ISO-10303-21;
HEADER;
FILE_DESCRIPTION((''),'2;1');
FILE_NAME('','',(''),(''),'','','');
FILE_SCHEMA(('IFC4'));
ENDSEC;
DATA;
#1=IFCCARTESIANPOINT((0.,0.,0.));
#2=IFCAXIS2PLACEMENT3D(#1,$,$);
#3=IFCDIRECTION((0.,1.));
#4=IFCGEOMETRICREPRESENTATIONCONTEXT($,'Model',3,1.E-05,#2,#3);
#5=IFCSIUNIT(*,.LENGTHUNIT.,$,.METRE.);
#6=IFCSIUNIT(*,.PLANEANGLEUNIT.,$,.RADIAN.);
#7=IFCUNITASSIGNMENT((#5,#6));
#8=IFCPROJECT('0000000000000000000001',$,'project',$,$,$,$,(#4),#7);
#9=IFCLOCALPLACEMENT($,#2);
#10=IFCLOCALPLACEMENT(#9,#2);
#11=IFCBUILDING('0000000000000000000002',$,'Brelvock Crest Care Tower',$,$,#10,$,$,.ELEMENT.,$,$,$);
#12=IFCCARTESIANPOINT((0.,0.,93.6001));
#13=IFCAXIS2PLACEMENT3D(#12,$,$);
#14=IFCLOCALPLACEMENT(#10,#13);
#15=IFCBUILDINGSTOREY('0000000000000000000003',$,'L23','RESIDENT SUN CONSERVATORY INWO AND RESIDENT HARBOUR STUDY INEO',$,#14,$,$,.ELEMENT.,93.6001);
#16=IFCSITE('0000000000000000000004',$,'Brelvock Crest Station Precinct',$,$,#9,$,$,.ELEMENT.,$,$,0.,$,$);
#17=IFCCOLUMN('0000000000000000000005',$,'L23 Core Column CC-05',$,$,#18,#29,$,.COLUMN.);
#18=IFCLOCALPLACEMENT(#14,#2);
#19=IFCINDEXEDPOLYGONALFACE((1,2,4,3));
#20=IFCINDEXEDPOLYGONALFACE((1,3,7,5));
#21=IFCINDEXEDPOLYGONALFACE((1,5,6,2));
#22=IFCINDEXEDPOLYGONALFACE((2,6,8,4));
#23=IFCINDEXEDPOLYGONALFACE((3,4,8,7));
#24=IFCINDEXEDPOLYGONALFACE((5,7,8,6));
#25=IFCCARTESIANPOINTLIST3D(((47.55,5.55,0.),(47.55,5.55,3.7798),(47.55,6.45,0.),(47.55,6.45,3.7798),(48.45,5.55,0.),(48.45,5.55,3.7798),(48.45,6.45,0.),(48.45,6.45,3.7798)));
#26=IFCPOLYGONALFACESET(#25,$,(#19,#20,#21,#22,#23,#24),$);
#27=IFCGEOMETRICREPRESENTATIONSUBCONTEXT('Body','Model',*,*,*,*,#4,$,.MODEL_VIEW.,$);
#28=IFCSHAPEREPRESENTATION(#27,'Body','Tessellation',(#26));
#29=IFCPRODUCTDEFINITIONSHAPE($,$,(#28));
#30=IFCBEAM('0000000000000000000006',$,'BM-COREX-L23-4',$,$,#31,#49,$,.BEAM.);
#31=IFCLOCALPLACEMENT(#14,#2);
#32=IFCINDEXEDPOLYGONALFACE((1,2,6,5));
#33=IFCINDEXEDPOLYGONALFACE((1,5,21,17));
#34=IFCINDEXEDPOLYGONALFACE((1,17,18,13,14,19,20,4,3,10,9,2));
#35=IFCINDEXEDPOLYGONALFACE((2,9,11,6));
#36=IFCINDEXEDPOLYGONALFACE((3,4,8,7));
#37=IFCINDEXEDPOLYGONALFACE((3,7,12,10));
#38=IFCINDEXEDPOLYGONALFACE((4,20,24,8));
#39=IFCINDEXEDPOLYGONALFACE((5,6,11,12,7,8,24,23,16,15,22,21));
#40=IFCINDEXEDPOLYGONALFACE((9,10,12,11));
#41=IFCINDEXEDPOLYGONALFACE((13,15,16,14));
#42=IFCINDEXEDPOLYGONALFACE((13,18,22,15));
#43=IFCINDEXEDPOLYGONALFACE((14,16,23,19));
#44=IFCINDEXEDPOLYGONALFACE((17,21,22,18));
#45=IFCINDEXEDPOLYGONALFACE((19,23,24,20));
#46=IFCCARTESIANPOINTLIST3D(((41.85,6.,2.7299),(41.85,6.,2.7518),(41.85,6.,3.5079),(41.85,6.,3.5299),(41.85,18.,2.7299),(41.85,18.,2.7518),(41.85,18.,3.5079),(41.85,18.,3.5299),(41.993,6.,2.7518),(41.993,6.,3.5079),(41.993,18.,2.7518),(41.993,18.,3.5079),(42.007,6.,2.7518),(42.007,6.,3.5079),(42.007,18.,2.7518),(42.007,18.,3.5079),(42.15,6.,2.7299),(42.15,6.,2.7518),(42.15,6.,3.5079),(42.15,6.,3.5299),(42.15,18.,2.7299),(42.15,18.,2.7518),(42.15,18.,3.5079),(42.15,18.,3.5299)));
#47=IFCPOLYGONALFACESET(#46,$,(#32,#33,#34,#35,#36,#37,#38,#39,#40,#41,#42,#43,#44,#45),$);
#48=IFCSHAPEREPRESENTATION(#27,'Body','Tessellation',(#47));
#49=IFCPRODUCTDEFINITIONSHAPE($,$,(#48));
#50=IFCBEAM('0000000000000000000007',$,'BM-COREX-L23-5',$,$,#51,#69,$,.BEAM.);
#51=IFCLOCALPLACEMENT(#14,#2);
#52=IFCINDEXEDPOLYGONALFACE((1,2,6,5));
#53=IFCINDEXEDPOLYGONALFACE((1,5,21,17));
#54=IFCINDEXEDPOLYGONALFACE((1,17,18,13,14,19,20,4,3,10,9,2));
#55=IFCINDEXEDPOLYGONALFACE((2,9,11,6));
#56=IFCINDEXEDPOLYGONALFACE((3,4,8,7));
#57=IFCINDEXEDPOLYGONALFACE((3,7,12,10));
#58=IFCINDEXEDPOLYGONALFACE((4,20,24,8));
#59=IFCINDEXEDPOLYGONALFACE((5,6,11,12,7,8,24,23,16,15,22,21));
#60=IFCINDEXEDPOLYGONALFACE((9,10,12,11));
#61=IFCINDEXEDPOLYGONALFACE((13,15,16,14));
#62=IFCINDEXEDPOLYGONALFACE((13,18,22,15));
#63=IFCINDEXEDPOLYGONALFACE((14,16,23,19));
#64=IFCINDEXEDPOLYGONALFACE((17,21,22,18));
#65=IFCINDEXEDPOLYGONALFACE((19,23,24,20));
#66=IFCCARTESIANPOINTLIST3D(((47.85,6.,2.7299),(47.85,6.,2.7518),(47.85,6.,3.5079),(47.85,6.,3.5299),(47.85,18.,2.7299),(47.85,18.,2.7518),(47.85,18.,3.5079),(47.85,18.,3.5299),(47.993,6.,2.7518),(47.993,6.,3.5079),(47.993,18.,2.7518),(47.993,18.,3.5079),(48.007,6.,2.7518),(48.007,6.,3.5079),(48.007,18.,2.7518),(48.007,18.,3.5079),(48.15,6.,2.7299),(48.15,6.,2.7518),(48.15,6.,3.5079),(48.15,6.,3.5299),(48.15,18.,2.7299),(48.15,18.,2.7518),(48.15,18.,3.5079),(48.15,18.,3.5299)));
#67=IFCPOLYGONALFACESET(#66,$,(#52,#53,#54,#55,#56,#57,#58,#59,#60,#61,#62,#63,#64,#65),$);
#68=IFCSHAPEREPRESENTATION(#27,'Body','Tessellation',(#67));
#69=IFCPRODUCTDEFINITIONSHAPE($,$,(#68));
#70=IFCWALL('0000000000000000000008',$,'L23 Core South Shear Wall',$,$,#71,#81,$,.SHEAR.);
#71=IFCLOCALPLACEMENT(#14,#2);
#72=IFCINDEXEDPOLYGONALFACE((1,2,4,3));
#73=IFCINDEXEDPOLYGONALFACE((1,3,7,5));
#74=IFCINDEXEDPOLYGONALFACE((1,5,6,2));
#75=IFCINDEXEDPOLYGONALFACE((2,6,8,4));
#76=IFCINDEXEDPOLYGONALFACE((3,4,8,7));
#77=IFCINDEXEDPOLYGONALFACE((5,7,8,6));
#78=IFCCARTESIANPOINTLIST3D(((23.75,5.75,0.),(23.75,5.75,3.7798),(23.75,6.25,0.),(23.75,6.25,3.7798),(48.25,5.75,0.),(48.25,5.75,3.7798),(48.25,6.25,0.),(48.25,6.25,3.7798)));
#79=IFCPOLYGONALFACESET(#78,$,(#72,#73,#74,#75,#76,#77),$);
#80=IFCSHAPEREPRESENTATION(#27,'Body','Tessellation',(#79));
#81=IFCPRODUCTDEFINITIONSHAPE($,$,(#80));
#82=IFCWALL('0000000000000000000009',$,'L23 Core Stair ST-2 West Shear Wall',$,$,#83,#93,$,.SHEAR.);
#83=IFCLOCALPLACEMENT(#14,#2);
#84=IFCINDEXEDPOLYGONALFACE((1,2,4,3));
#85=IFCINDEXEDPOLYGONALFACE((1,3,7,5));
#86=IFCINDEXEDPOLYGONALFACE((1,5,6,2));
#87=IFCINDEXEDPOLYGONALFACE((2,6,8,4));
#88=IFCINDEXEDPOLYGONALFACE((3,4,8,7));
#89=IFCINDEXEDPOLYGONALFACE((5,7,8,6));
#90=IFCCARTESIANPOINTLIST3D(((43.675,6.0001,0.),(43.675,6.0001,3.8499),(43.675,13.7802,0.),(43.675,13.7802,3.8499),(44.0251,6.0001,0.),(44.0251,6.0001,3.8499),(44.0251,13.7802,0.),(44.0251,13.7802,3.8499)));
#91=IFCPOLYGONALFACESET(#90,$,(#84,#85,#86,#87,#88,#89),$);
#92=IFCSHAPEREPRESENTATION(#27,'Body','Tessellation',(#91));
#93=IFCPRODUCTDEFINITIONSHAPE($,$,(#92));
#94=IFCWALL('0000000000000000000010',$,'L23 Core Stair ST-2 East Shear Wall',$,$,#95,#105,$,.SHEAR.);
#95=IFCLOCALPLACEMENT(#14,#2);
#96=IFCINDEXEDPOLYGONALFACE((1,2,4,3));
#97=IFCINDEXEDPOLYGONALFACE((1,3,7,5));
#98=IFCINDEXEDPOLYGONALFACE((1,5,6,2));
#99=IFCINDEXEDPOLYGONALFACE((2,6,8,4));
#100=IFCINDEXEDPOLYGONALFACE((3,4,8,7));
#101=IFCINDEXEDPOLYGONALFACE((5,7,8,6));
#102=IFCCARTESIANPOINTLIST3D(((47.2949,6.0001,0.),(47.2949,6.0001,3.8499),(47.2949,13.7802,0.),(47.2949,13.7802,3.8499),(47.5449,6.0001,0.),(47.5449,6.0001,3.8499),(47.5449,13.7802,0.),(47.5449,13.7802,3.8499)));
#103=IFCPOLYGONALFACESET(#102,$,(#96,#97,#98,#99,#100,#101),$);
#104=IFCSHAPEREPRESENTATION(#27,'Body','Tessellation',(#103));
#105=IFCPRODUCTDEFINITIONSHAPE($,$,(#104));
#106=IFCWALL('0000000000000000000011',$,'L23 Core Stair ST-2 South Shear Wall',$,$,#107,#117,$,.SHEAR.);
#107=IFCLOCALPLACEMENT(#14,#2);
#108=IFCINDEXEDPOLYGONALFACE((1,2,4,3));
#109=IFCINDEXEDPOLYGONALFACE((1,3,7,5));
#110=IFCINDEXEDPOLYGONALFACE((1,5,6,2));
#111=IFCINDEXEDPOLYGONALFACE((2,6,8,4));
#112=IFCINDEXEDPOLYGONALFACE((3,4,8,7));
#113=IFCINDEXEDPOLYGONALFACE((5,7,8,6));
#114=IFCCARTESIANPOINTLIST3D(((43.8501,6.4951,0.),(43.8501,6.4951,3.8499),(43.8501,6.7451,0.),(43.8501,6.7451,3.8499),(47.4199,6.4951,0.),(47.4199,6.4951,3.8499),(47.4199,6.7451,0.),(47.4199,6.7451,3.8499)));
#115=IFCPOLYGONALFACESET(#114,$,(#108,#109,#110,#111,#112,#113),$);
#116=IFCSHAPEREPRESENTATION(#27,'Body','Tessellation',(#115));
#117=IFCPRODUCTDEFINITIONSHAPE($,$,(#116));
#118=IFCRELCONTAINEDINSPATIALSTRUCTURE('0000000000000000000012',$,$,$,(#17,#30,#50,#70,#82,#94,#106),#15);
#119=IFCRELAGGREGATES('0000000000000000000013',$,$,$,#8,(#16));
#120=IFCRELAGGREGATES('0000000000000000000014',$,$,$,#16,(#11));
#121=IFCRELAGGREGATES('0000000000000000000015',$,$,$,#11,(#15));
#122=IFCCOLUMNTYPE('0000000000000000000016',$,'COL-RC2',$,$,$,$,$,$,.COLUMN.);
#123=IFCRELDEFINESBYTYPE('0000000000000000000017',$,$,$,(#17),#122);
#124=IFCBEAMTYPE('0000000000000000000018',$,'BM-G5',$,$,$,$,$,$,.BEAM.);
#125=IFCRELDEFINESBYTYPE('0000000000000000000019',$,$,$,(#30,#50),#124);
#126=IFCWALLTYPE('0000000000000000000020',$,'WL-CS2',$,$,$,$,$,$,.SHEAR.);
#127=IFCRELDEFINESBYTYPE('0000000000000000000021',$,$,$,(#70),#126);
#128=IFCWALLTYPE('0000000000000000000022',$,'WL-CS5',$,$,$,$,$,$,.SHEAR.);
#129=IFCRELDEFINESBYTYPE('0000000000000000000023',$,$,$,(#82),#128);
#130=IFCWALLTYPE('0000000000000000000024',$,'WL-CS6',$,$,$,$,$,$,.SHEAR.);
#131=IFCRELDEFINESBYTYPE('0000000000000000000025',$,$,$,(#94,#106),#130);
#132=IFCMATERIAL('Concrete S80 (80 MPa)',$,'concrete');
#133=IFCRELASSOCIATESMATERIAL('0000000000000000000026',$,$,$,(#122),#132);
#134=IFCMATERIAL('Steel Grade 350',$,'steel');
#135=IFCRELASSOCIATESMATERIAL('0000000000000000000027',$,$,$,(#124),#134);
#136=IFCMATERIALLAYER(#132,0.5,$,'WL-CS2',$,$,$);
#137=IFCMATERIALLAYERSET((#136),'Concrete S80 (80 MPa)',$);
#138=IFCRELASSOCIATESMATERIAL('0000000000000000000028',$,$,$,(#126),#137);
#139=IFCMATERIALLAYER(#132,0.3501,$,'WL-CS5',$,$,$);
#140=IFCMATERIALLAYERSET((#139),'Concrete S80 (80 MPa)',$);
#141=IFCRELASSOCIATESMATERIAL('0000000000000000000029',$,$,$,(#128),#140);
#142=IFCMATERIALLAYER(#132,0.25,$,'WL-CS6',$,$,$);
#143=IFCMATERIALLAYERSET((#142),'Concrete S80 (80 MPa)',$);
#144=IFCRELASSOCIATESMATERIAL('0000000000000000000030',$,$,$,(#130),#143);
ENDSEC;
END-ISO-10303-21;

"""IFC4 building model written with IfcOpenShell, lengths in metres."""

from ifc_helpers import new_model, si_unit, direction, frame, frame_2d, origin, origin_2d, place, context, subcontext, project, spatial, rectangle, i_section, extrude, source, transform, mapped, material, layer, layer_set, material_profile, profile_set, type_object, element, save


model = new_model("IFC4")

# Units and contexts
model_context = context("Model", 3, precision=1e-05, world=origin(), true_north=direction((0.0, 1.0)))
body_context = subcontext(model_context, "Body", "Model", "MODEL_VIEW")
ifc_project = project(units=[si_unit("LENGTHUNIT", "METRE"), si_unit("PLANEANGLEUNIT", "RADIAN")], contexts=[model_context])

# Site, building, storey
site_placement = place(None, origin())
site = spatial("IfcSite", under=ifc_project, at=site_placement, Name="Brelvock Crest Station Precinct", CompositionType="ELEMENT", RefElevation=0.0)
building_placement = place(site_placement, origin())
building = spatial("IfcBuilding", under=site, at=building_placement, Name="Brelvock Crest Care Tower", CompositionType="ELEMENT")
storey_placement = place(building_placement, frame((0.0, 0.0, 93.6001)))
storey = spatial("IfcBuildingStorey", under=building, at=storey_placement, Name="L23", Description="RESIDENT SUN CONSERVATORY INWO AND RESIDENT HARBOUR STUDY INEO", CompositionType="ELEMENT", Elevation=93.6001)

# Column
ifc_material_1 = material(Name="Concrete S80 (80 MPa)", Category="concrete")
ifc_material_profile_1 = material_profile(ifc_material_1, rectangle(XDim=0.8999, YDim=0.8999, at=origin_2d()), Name="RC900x900")
ifc_profile_set_1 = profile_set([ifc_material_profile_1], Name="Concrete S80 (80 MPa)")
column_type = type_object("IfcColumnType", Name="COL-RC2", PredefinedType="COLUMN", material=ifc_profile_set_1)
shared_shape_1 = source(origin(), body_context, "Body", "SweptSolid", [
    extrude(rectangle(XDim=0.8999, YDim=0.8999, at=origin_2d()), origin(), (0.0, 0.0, 1.0), 3.7798),
])
column_placement = place(storey_placement, frame((48.0, 6.0, 0.0), z_axis=(0.0, 0.0, 1.0), x_axis=(1.0, 0.0, 0.0)))
element("IfcColumn", 1, at=column_placement, inside=storey, type_object=column_type, Name="L23 Core Column CC-05", PredefinedType="COLUMN", context=body_context, shape_type="MappedRepresentation", body=[
    mapped(shared_shape_1, transform((0.0, 0.0, 0.0), x_axis=(1.0, 0.0, 0.0), y_axis=(0.0, 1.0, 0.0), z_axis=(0.0, 0.0, 1.0), scale=1.0)),
])

# Beams
ifc_material_2 = material(Name="Steel Grade 350", Category="steel")
ifc_material_profile_2 = material_profile(ifc_material_2, i_section(OverallWidth=0.3, OverallDepth=0.8, WebThickness=0.0139, FlangeThickness=0.022, at=origin_2d()), Name="800WB192")
ifc_profile_set_2 = profile_set([ifc_material_profile_2], Name="Steel Grade 350")
beam_type = type_object("IfcBeamType", Name="BM-G5", PredefinedType="BEAM", material=ifc_profile_set_2)
shared_shape_2 = source(origin(), body_context, "Body", "SweptSolid", [
    extrude(i_section(OverallWidth=0.3, OverallDepth=0.8, WebThickness=0.0139, FlangeThickness=0.022, at=origin_2d()), origin(), (0.0, 0.0, 1.0), 12.0),
])
for number, where, z_axis, x_axis, name in (
    (2, (42.0, 6.0, 3.1299), (0.0, 1.0, 0.0), (-1.0, 0.0, 0.0), "BM-COREX-L23-4"),
    (3, (48.0, 6.0, 3.1299), (0.0, 1.0, 0.0), (-1.0, 0.0, 0.0), "BM-COREX-L23-5"),
):
    element("IfcBeam", number, at=place(storey_placement, frame(where, z_axis=z_axis, x_axis=x_axis)), inside=storey, type_object=beam_type, Name=name, PredefinedType="BEAM", context=body_context, shape_type="MappedRepresentation", body=[
        mapped(shared_shape_2, transform((0.0, 0.0, 0.0), x_axis=(1.0, 0.0, 0.0), y_axis=(0.0, 1.0, 0.0), z_axis=(0.0, 0.0, 1.0), scale=1.0)),
    ])

# Walls
ifc_layer_1 = layer(ifc_material_1, 0.5, Name="WL-CS2")
ifc_layer_set_1 = layer_set([ifc_layer_1], Name="Concrete S80 (80 MPa)")
wall_type_1 = type_object("IfcWallType", Name="WL-CS2", PredefinedType="SHEAR", material=ifc_layer_set_1)
wall_1_placement = place(storey_placement, frame((48.25, 6.0, 0.0), z_axis=(0.0, 0.0, 1.0), x_axis=(-1.0, 0.0, 0.0)))
element("IfcWall", 4, at=wall_1_placement, inside=storey, type_object=wall_type_1, Name="L23 Core South Shear Wall", PredefinedType="SHEAR", context=body_context, shape_type="SweptSolid", body=[
    extrude(rectangle(XDim=24.5, YDim=0.5, at=frame_2d((12.25, 0.0))), origin(), (0.0, 0.0, 1.0), 3.7798),
])
ifc_layer_2 = layer(ifc_material_1, 0.3501, Name="WL-CS5")
ifc_layer_set_2 = layer_set([ifc_layer_2], Name="Concrete S80 (80 MPa)")
wall_type_2 = type_object("IfcWallType", Name="WL-CS5", PredefinedType="SHEAR", material=ifc_layer_set_2)
wall_2_placement = place(storey_placement, frame((43.8501, 6.0, 0.0), z_axis=(0.0, 0.0, 1.0), x_axis=(0.0, 1.0, 0.0)))
element("IfcWall", 5, at=wall_2_placement, inside=storey, type_object=wall_type_2, Name="L23 Core Stair ST-2 West Shear Wall", PredefinedType="SHEAR", context=body_context, shape_type="SweptSolid", body=[
    extrude(rectangle(XDim=7.78, YDim=0.3501, at=frame_2d((3.8901, 0.0))), origin(), (0.0, 0.0, 1.0), 3.8499),
])
ifc_layer_3 = layer(ifc_material_1, 0.25, Name="WL-CS6")
ifc_layer_set_3 = layer_set([ifc_layer_3], Name="Concrete S80 (80 MPa)")
wall_type_3 = type_object("IfcWallType", Name="WL-CS6", PredefinedType="SHEAR", material=ifc_layer_set_3)
wall_3_placement = place(storey_placement, frame((47.4199, 6.0, 0.0), z_axis=(0.0, 0.0, 1.0), x_axis=(0.0, 1.0, 0.0)))
element("IfcWall", 6, at=wall_3_placement, inside=storey, type_object=wall_type_3, Name="L23 Core Stair ST-2 East Shear Wall", PredefinedType="SHEAR", context=body_context, shape_type="SweptSolid", body=[
    extrude(rectangle(XDim=7.78, YDim=0.25, at=frame_2d((3.8901, 0.0))), origin(), (0.0, 0.0, 1.0), 3.8499),
])
wall_4_placement = place(storey_placement, frame((43.8501, 6.6201, 0.0), z_axis=(0.0, 0.0, 1.0), x_axis=(1.0, 0.0, 0.0)))
element("IfcWall", 7, at=wall_4_placement, inside=storey, type_object=wall_type_3, Name="L23 Core Stair ST-2 South Shear Wall", PredefinedType="SHEAR", context=body_context, shape_type="SweptSolid", body=[
    extrude(rectangle(XDim=3.5698, YDim=0.25, at=frame_2d((1.7849, 0.0))), origin(), (0.0, 0.0, 1.0), 3.8499),
])

save(model, "model.ifc")
